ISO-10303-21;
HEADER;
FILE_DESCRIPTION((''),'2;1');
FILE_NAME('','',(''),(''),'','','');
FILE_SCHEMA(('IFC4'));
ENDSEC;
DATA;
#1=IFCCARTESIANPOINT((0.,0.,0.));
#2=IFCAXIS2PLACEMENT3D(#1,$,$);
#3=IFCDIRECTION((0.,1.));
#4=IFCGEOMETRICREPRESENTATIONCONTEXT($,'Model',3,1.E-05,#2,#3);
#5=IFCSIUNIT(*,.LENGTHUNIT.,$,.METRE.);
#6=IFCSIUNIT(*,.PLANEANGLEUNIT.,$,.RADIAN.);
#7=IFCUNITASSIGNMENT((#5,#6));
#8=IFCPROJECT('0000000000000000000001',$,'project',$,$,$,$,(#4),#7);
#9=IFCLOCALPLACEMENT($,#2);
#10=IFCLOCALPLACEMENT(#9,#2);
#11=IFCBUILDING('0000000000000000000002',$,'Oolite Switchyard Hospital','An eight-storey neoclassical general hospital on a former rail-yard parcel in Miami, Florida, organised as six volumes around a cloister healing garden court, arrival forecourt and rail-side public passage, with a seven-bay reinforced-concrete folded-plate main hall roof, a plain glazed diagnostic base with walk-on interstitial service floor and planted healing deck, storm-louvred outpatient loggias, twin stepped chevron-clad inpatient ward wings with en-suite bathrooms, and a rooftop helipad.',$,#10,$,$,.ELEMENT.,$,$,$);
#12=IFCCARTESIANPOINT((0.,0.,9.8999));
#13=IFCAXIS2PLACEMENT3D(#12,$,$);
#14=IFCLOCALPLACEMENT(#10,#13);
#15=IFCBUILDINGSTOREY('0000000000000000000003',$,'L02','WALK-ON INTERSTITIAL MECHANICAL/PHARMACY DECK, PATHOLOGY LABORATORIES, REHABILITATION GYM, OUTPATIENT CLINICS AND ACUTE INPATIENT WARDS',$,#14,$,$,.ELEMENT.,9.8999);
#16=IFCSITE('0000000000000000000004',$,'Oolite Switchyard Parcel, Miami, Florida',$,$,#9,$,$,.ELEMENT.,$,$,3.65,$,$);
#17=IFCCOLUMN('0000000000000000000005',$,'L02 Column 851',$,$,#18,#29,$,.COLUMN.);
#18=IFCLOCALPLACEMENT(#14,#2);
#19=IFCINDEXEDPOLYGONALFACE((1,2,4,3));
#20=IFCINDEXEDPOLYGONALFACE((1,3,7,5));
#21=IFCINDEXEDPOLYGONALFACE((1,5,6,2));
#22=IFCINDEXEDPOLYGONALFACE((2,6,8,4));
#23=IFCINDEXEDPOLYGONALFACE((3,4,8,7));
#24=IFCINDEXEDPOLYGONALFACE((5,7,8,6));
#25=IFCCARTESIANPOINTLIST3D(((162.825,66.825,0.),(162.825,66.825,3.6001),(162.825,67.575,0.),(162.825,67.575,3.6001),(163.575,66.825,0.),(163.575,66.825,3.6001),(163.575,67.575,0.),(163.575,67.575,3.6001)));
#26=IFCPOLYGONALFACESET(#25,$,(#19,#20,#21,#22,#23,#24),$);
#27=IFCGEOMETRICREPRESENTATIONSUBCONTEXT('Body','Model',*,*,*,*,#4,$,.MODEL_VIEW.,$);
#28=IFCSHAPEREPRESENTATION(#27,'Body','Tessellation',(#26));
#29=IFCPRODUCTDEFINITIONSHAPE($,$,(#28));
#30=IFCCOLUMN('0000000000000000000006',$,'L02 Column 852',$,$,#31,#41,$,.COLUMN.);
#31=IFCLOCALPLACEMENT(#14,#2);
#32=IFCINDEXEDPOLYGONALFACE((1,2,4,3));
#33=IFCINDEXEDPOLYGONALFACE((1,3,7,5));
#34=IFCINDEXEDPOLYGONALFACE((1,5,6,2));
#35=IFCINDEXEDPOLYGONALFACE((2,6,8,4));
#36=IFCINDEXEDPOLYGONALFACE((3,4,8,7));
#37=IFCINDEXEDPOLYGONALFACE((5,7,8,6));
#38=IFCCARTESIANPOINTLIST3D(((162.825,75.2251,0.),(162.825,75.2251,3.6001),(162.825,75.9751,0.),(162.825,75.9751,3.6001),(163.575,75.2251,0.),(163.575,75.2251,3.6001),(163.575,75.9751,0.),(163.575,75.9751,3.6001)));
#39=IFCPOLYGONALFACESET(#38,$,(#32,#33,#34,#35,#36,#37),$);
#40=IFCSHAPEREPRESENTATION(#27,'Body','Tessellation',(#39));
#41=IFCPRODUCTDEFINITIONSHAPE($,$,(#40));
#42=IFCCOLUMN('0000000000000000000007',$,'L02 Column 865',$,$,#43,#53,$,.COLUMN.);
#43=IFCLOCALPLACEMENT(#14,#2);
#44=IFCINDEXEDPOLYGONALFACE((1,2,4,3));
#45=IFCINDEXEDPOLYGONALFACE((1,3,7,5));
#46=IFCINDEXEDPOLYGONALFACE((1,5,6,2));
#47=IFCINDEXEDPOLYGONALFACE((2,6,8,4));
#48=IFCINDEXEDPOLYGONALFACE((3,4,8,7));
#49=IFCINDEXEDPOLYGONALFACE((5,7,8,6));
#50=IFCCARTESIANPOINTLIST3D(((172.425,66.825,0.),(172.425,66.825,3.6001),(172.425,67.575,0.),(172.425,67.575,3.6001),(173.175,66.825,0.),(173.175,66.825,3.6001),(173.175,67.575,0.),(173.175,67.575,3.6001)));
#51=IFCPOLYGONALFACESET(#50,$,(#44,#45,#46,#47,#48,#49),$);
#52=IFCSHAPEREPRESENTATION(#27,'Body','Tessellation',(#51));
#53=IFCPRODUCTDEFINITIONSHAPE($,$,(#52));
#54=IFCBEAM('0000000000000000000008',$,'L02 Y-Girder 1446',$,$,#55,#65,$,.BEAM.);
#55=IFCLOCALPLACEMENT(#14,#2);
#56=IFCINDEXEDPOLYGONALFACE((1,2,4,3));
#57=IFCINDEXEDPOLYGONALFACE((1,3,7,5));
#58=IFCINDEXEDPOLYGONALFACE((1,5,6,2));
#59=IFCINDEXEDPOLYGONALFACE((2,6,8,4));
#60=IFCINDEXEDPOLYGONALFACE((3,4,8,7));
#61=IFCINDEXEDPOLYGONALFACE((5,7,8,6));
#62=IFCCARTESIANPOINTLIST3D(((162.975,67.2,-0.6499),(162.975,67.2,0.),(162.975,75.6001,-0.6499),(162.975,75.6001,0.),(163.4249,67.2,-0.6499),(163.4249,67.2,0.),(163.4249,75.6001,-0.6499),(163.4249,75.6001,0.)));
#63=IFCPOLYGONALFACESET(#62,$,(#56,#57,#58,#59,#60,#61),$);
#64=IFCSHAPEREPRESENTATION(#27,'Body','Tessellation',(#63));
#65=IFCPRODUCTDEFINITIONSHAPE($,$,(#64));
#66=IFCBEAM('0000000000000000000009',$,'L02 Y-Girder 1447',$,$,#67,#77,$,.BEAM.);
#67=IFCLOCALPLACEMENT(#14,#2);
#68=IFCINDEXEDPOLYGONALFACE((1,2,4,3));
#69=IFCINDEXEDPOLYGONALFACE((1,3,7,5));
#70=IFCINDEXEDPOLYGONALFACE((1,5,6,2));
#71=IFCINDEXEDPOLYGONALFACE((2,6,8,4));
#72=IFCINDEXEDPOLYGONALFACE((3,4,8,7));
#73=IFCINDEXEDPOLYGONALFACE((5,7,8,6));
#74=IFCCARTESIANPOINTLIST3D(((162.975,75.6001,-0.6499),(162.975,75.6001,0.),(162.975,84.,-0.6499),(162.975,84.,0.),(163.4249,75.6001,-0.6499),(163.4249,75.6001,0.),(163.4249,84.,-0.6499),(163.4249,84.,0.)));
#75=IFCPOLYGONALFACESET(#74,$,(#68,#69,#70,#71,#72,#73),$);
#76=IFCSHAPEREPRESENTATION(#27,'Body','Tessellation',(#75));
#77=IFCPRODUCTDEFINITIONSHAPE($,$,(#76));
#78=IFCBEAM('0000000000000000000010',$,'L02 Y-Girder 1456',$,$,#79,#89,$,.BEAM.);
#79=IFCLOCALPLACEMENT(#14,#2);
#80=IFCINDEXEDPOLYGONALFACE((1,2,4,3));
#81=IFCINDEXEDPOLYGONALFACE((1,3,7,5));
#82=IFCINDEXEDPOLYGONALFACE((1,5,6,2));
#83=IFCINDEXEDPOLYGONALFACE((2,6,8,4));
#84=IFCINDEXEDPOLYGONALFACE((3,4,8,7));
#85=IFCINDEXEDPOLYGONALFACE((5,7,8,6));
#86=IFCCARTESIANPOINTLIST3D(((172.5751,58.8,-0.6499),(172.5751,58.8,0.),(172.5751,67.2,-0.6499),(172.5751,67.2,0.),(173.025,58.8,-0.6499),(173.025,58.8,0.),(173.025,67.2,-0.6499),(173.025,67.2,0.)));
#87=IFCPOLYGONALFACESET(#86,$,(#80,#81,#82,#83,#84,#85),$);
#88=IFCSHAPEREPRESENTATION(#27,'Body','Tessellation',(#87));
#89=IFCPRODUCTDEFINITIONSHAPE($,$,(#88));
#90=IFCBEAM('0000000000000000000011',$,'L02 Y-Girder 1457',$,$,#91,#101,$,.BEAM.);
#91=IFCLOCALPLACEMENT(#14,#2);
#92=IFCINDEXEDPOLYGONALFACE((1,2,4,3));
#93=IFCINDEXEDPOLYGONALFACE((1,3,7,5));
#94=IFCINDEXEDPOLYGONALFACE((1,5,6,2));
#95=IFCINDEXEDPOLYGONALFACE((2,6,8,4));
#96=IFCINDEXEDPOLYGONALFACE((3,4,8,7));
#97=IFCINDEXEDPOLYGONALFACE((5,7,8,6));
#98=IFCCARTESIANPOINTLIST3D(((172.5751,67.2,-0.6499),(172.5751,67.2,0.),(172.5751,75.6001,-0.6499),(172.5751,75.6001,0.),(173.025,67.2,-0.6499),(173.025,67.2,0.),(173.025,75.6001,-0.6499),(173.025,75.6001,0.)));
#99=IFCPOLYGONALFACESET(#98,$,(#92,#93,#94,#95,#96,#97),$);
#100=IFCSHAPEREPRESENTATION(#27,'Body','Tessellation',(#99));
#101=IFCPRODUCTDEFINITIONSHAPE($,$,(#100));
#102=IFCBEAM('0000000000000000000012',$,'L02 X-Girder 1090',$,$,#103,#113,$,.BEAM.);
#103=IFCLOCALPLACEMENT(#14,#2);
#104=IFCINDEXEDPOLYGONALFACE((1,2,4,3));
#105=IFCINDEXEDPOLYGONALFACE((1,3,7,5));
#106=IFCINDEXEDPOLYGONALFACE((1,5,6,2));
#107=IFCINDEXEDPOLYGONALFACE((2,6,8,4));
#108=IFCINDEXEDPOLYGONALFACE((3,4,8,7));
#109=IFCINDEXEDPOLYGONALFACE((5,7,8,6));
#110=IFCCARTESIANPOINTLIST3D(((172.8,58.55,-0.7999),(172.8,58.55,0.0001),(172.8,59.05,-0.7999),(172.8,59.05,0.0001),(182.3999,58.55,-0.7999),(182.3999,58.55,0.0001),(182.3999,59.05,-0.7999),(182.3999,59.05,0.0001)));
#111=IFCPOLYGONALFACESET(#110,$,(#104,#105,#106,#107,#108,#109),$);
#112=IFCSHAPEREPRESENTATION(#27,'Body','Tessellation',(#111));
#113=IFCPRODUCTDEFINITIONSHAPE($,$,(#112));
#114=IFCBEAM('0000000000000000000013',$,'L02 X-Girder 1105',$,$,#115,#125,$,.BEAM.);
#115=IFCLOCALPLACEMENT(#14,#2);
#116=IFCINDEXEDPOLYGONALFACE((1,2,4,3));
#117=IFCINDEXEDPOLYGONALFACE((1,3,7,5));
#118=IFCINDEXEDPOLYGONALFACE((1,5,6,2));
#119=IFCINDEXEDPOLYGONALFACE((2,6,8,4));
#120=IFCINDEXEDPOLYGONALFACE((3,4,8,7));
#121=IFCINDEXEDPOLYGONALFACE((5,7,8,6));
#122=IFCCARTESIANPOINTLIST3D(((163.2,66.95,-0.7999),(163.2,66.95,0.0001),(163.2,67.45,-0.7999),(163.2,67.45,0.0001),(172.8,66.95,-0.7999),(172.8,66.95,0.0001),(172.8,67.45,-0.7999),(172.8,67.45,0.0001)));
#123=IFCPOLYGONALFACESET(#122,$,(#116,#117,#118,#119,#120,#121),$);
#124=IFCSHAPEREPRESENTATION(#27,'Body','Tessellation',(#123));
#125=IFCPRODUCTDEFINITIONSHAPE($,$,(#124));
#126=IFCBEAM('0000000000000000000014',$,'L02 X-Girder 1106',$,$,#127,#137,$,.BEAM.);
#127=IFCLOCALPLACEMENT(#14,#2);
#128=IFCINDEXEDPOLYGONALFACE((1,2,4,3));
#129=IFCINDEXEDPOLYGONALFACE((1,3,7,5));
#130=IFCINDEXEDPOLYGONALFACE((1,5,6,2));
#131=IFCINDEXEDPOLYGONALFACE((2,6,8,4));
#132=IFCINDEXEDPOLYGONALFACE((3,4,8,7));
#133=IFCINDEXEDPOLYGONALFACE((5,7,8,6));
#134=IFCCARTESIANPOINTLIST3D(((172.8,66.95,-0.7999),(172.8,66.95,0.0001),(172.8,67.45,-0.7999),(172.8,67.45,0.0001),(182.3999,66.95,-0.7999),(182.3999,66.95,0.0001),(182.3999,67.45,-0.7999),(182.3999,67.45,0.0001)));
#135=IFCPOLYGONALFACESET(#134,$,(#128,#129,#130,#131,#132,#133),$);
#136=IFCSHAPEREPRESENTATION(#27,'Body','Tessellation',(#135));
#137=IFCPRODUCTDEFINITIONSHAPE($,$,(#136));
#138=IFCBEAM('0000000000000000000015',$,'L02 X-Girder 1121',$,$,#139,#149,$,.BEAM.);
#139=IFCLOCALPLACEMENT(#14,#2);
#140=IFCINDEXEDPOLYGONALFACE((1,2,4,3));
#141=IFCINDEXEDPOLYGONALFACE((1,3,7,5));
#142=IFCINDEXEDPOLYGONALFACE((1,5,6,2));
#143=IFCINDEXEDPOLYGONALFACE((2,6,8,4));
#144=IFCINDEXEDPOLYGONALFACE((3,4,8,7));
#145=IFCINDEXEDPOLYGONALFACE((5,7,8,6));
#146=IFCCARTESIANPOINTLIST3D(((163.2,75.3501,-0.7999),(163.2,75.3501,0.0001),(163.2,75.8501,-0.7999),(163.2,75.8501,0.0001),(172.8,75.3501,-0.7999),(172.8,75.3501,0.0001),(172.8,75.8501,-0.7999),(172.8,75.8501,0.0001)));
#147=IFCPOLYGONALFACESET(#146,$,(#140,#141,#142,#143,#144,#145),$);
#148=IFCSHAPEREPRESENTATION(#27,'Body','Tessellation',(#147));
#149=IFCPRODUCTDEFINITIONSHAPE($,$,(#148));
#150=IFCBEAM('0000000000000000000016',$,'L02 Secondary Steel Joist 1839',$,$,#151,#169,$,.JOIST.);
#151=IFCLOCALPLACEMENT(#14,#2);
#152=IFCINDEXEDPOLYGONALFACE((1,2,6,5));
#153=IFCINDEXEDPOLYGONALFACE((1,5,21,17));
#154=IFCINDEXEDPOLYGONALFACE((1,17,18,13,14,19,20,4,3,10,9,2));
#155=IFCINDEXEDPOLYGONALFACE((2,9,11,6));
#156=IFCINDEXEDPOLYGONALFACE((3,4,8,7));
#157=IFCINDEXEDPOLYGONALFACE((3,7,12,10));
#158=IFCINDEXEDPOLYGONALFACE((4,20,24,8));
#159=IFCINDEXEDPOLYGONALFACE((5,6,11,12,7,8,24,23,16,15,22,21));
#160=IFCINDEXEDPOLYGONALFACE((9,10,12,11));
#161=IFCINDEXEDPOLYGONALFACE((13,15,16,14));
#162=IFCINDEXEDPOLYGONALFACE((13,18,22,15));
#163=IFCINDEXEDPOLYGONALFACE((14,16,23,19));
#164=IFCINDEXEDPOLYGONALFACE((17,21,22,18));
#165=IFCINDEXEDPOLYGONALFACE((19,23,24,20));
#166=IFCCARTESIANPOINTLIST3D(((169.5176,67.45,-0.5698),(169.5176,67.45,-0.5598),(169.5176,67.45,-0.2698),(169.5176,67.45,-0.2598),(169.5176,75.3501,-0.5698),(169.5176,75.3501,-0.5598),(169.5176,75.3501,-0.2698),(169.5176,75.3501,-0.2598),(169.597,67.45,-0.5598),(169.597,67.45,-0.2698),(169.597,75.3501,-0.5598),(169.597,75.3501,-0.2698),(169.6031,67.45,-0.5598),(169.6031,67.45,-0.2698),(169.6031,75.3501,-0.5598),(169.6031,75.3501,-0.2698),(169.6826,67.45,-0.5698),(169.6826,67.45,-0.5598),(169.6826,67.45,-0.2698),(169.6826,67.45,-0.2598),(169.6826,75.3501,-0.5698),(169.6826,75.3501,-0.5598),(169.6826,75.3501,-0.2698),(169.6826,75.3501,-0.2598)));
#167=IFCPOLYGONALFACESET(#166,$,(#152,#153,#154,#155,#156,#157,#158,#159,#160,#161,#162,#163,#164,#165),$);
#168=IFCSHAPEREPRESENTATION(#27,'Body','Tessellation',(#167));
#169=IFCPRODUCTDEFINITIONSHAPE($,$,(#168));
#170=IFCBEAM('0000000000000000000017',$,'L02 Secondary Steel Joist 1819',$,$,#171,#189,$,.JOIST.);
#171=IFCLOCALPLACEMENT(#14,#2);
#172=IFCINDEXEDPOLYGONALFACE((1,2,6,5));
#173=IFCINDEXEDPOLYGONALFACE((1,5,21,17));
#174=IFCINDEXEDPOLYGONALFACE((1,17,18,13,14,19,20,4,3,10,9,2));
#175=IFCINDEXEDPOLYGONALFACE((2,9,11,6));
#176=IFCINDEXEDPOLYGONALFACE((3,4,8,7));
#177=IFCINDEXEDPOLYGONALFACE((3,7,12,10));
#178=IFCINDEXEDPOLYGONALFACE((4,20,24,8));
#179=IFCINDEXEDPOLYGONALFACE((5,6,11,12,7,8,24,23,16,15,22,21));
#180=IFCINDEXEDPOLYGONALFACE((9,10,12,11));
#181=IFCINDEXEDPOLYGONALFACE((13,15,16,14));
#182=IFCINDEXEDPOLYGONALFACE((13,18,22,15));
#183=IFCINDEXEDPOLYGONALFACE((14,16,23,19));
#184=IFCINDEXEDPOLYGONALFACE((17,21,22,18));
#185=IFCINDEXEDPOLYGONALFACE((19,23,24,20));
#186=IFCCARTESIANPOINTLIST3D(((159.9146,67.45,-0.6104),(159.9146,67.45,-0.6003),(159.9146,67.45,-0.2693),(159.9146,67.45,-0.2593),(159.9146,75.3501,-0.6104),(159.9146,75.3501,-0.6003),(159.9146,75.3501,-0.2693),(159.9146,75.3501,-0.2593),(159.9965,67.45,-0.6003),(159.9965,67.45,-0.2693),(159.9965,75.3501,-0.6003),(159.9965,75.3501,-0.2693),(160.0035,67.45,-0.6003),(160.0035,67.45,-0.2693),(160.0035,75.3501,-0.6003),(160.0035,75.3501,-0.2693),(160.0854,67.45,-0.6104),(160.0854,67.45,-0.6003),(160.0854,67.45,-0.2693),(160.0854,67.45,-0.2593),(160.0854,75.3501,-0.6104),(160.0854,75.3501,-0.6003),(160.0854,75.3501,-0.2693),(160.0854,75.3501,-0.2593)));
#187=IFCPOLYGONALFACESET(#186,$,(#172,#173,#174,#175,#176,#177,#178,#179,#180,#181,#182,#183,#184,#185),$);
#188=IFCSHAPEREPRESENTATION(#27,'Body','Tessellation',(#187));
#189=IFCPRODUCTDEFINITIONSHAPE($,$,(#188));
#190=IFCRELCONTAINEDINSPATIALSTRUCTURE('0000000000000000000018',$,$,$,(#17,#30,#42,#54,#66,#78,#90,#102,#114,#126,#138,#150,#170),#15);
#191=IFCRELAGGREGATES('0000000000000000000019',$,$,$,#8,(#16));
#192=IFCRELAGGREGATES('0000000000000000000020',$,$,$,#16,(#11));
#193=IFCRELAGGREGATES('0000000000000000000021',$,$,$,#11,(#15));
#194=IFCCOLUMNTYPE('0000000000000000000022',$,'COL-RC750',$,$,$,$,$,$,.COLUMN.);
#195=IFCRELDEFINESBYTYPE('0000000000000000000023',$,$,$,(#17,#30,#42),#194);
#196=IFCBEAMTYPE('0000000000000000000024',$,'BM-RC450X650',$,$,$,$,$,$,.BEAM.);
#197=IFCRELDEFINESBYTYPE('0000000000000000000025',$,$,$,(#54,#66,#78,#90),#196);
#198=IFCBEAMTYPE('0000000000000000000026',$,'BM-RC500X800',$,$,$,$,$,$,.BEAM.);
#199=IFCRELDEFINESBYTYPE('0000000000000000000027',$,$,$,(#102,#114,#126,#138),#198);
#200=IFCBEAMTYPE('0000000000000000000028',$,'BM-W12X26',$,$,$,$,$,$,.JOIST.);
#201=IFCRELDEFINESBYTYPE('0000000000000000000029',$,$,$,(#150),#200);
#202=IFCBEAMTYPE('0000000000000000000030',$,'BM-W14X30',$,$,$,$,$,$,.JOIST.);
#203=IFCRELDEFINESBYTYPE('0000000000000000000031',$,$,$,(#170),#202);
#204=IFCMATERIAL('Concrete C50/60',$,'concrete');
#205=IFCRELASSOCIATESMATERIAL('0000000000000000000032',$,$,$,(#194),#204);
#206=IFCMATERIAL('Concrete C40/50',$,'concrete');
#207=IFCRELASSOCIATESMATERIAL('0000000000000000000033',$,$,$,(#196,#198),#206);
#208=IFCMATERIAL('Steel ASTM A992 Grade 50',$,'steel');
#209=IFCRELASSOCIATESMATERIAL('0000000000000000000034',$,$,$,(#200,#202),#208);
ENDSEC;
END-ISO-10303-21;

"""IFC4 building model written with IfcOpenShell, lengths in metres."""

from ifc_helpers import new_model, si_unit, direction, frame, origin, origin_2d, place, context, subcontext, project, spatial, rectangle, i_section, extrude, material, material_profile, profile_set, type_object, element, save


model = new_model("IFC4")

# Units and contexts
model_context = context("Model", 3, precision=1e-05, world=origin(), true_north=direction((0.0, 1.0)))
body_context = subcontext(model_context, "Body", "Model", "MODEL_VIEW")
ifc_project = project(units=[si_unit("LENGTHUNIT", "METRE"), si_unit("PLANEANGLEUNIT", "RADIAN")], contexts=[model_context])

# Site, building, storey
site_placement = place(None, origin())
site = spatial("IfcSite", under=ifc_project, at=site_placement, Name="Oolite Switchyard Parcel, Miami, Florida", CompositionType="ELEMENT", RefElevation=3.65)
building_placement = place(site_placement, origin())
building = spatial("IfcBuilding", under=site, at=building_placement, Name="Oolite Switchyard Hospital", Description="An eight-storey neoclassical general hospital on a former rail-yard parcel in Miami, Florida, organised as six volumes around a cloister healing garden court, arrival forecourt and rail-side public passage, with a seven-bay reinforced-concrete folded-plate main hall roof, a plain glazed diagnostic base with walk-on interstitial service floor and planted healing deck, storm-louvred outpatient loggias, twin stepped chevron-clad inpatient ward wings with en-suite bathrooms, and a rooftop helipad.", CompositionType="ELEMENT")
storey_placement = place(building_placement, frame((0.0, 0.0, 9.8999)))
storey = spatial("IfcBuildingStorey", under=building, at=storey_placement, Name="L02", Description="WALK-ON INTERSTITIAL MECHANICAL/PHARMACY DECK, PATHOLOGY LABORATORIES, REHABILITATION GYM, OUTPATIENT CLINICS AND ACUTE INPATIENT WARDS", CompositionType="ELEMENT", Elevation=9.8999)

# Columns
ifc_material_1 = material(Name="Concrete C50/60", Category="concrete")
ifc_material_profile_1 = material_profile(ifc_material_1, rectangle(XDim=0.75, YDim=0.75, at=origin_2d()), Name="RC750X750")
ifc_profile_set_1 = profile_set([ifc_material_profile_1], Name="Concrete C50/60")
column_type = type_object("IfcColumnType", Name="COL-RC750", PredefinedType="COLUMN", material=ifc_profile_set_1)
for number, where, z_axis, x_axis, name in (
    (1, (163.2, 67.2, 0.0), (0.0, 0.0, 1.0), (1.0, 0.0, 0.0), "L02 Column 851"),
    (2, (163.2, 75.6001, 0.0), (0.0, 0.0, 1.0), (1.0, 0.0, 0.0), "L02 Column 852"),
    (3, (172.8, 67.2, 0.0), (0.0, 0.0, 1.0), (1.0, 0.0, 0.0), "L02 Column 865"),
):
    element("IfcColumn", number, at=place(storey_placement, frame(where, z_axis=z_axis, x_axis=x_axis)), inside=storey, type_object=column_type, Name=name, PredefinedType="COLUMN", context=body_context, shape_type="SweptSolid", body=[
        extrude(rectangle(XDim=0.75, YDim=0.75, at=origin_2d()), origin(), (0.0, 0.0, 1.0), 3.6001),
    ])

# Beams
ifc_material_2 = material(Name="Concrete C40/50", Category="concrete")
ifc_material_profile_2 = material_profile(ifc_material_2, rectangle(XDim=0.45, YDim=0.6499, at=origin_2d()), Name="RCB450X650")
ifc_profile_set_2 = profile_set([ifc_material_profile_2], Name="Concrete C40/50")
beam_type_1 = type_object("IfcBeamType", Name="BM-RC450X650", PredefinedType="BEAM", material=ifc_profile_set_2)
beam_1_placement = place(storey_placement, frame((163.2, 67.2, -0.325), z_axis=(0.0, 1.0, 0.0), x_axis=(-1.0, 0.0, 0.0)))
element("IfcBeam", 4, at=beam_1_placement, inside=storey, type_object=beam_type_1, Name="L02 Y-Girder 1446", PredefinedType="BEAM", context=body_context, shape_type="SweptSolid", body=[
    extrude(rectangle(XDim=0.45, YDim=0.6499, at=origin_2d()), origin(), (0.0, 0.0, 1.0), 8.4001),
])
for number, where, z_axis, x_axis, name in (
    (5, (163.2, 75.6001, -0.325), (0.0, 1.0, 0.0), (-1.0, 0.0, 0.0), "L02 Y-Girder 1447"),
    (6, (172.8, 58.8, -0.325), (0.0, 1.0, 0.0), (-1.0, 0.0, 0.0), "L02 Y-Girder 1456"),
):
    element("IfcBeam", number, at=place(storey_placement, frame(where, z_axis=z_axis, x_axis=x_axis)), inside=storey, type_object=beam_type_1, Name=name, PredefinedType="BEAM", context=body_context, shape_type="SweptSolid", body=[
        extrude(rectangle(XDim=0.45, YDim=0.6499, at=origin_2d()), origin(), (0.0, 0.0, 1.0), 8.3999),
    ])
beam_2_placement = place(storey_placement, frame((172.8, 67.2, -0.325), z_axis=(0.0, 1.0, 0.0), x_axis=(-1.0, 0.0, 0.0)))
element("IfcBeam", 7, at=beam_2_placement, inside=storey, type_object=beam_type_1, Name="L02 Y-Girder 1457", PredefinedType="BEAM", context=body_context, shape_type="SweptSolid", body=[
    extrude(rectangle(XDim=0.45, YDim=0.6499, at=origin_2d()), origin(), (0.0, 0.0, 1.0), 8.4001),
])
ifc_material_profile_3 = material_profile(ifc_material_2, rectangle(XDim=0.5, YDim=0.8, at=origin_2d()), Name="RCB500X800")
ifc_profile_set_3 = profile_set([ifc_material_profile_3], Name="Concrete C40/50")
beam_type_2 = type_object("IfcBeamType", Name="BM-RC500X800", PredefinedType="BEAM", material=ifc_profile_set_3)
beam_3_placement = place(storey_placement, frame((172.8, 58.8, -0.3999), z_axis=(1.0, 0.0, 0.0), x_axis=(0.0, 1.0, 0.0)))
element("IfcBeam", 8, at=beam_3_placement, inside=storey, type_object=beam_type_2, Name="L02 X-Girder 1090", PredefinedType="BEAM", context=body_context, shape_type="SweptSolid", body=[
    extrude(rectangle(XDim=0.5, YDim=0.8, at=origin_2d()), origin(), (0.0, 0.0, 1.0), 9.5999),
])
beam_4_placement = place(storey_placement, frame((163.2, 67.2, -0.3999), z_axis=(1.0, 0.0, 0.0), x_axis=(0.0, 1.0, 0.0)))
element("IfcBeam", 9, at=beam_4_placement, inside=storey, type_object=beam_type_2, Name="L02 X-Girder 1105", PredefinedType="BEAM", context=body_context, shape_type="SweptSolid", body=[
    extrude(rectangle(XDim=0.5, YDim=0.8, at=origin_2d()), origin(), (0.0, 0.0, 1.0), 9.6001),
])
beam_5_placement = place(storey_placement, frame((172.8, 67.2, -0.3999), z_axis=(1.0, 0.0, 0.0), x_axis=(0.0, 1.0, 0.0)))
element("IfcBeam", 10, at=beam_5_placement, inside=storey, type_object=beam_type_2, Name="L02 X-Girder 1106", PredefinedType="BEAM", context=body_context, shape_type="SweptSolid", body=[
    extrude(rectangle(XDim=0.5, YDim=0.8, at=origin_2d()), origin(), (0.0, 0.0, 1.0), 9.5999),
])
beam_6_placement = place(storey_placement, frame((163.2, 75.6001, -0.3999), z_axis=(1.0, 0.0, 0.0), x_axis=(0.0, 1.0, 0.0)))
element("IfcBeam", 11, at=beam_6_placement, inside=storey, type_object=beam_type_2, Name="L02 X-Girder 1121", PredefinedType="BEAM", context=body_context, shape_type="SweptSolid", body=[
    extrude(rectangle(XDim=0.5, YDim=0.8, at=origin_2d()), origin(), (0.0, 0.0, 1.0), 9.6001),
])
ifc_material_3 = material(Name="Steel ASTM A992 Grade 50", Category="steel")
ifc_material_profile_4 = material_profile(ifc_material_3, i_section(OverallWidth=0.165, OverallDepth=0.3101, WebThickness=0.0061, FlangeThickness=0.01, at=origin_2d()), Name="W12X26")
ifc_profile_set_4 = profile_set([ifc_material_profile_4], Name="Steel ASTM A992 Grade 50")
beam_type_3 = type_object("IfcBeamType", Name="BM-W12X26", PredefinedType="JOIST", material=ifc_profile_set_4)
beam_7_placement = place(storey_placement, frame((169.6001, 67.45, -0.4148), z_axis=(0.0, 1.0, 0.0), x_axis=(-1.0, 0.0, 0.0)))
element("IfcBeam", 12, at=beam_7_placement, inside=storey, type_object=beam_type_3, Name="L02 Secondary Steel Joist 1839", PredefinedType="JOIST", context=body_context, shape_type="SweptSolid", body=[
    extrude(i_section(OverallWidth=0.165, OverallDepth=0.3101, WebThickness=0.0061, FlangeThickness=0.01, at=origin_2d()), origin(), (0.0, 0.0, 1.0), 7.9001),
])
ifc_material_profile_5 = material_profile(ifc_material_3, i_section(OverallWidth=0.1709, OverallDepth=0.3511, WebThickness=0.0071, FlangeThickness=0.01, at=origin_2d()), Name="W14X30")
ifc_profile_set_5 = profile_set([ifc_material_profile_5], Name="Steel ASTM A992 Grade 50")
beam_type_4 = type_object("IfcBeamType", Name="BM-W14X30", PredefinedType="JOIST", material=ifc_profile_set_5)
beam_8_placement = place(storey_placement, frame((160.0, 67.45, -0.4348), z_axis=(0.0, 1.0, 0.0), x_axis=(-1.0, 0.0, 0.0)))
element("IfcBeam", 13, at=beam_8_placement, inside=storey, type_object=beam_type_4, Name="L02 Secondary Steel Joist 1819", PredefinedType="JOIST", context=body_context, shape_type="SweptSolid", body=[
    extrude(i_section(OverallWidth=0.1709, OverallDepth=0.3511, WebThickness=0.0071, FlangeThickness=0.01, at=origin_2d()), origin(), (0.0, 0.0, 1.0), 7.9001),
])

save(model, "model.ifc")
